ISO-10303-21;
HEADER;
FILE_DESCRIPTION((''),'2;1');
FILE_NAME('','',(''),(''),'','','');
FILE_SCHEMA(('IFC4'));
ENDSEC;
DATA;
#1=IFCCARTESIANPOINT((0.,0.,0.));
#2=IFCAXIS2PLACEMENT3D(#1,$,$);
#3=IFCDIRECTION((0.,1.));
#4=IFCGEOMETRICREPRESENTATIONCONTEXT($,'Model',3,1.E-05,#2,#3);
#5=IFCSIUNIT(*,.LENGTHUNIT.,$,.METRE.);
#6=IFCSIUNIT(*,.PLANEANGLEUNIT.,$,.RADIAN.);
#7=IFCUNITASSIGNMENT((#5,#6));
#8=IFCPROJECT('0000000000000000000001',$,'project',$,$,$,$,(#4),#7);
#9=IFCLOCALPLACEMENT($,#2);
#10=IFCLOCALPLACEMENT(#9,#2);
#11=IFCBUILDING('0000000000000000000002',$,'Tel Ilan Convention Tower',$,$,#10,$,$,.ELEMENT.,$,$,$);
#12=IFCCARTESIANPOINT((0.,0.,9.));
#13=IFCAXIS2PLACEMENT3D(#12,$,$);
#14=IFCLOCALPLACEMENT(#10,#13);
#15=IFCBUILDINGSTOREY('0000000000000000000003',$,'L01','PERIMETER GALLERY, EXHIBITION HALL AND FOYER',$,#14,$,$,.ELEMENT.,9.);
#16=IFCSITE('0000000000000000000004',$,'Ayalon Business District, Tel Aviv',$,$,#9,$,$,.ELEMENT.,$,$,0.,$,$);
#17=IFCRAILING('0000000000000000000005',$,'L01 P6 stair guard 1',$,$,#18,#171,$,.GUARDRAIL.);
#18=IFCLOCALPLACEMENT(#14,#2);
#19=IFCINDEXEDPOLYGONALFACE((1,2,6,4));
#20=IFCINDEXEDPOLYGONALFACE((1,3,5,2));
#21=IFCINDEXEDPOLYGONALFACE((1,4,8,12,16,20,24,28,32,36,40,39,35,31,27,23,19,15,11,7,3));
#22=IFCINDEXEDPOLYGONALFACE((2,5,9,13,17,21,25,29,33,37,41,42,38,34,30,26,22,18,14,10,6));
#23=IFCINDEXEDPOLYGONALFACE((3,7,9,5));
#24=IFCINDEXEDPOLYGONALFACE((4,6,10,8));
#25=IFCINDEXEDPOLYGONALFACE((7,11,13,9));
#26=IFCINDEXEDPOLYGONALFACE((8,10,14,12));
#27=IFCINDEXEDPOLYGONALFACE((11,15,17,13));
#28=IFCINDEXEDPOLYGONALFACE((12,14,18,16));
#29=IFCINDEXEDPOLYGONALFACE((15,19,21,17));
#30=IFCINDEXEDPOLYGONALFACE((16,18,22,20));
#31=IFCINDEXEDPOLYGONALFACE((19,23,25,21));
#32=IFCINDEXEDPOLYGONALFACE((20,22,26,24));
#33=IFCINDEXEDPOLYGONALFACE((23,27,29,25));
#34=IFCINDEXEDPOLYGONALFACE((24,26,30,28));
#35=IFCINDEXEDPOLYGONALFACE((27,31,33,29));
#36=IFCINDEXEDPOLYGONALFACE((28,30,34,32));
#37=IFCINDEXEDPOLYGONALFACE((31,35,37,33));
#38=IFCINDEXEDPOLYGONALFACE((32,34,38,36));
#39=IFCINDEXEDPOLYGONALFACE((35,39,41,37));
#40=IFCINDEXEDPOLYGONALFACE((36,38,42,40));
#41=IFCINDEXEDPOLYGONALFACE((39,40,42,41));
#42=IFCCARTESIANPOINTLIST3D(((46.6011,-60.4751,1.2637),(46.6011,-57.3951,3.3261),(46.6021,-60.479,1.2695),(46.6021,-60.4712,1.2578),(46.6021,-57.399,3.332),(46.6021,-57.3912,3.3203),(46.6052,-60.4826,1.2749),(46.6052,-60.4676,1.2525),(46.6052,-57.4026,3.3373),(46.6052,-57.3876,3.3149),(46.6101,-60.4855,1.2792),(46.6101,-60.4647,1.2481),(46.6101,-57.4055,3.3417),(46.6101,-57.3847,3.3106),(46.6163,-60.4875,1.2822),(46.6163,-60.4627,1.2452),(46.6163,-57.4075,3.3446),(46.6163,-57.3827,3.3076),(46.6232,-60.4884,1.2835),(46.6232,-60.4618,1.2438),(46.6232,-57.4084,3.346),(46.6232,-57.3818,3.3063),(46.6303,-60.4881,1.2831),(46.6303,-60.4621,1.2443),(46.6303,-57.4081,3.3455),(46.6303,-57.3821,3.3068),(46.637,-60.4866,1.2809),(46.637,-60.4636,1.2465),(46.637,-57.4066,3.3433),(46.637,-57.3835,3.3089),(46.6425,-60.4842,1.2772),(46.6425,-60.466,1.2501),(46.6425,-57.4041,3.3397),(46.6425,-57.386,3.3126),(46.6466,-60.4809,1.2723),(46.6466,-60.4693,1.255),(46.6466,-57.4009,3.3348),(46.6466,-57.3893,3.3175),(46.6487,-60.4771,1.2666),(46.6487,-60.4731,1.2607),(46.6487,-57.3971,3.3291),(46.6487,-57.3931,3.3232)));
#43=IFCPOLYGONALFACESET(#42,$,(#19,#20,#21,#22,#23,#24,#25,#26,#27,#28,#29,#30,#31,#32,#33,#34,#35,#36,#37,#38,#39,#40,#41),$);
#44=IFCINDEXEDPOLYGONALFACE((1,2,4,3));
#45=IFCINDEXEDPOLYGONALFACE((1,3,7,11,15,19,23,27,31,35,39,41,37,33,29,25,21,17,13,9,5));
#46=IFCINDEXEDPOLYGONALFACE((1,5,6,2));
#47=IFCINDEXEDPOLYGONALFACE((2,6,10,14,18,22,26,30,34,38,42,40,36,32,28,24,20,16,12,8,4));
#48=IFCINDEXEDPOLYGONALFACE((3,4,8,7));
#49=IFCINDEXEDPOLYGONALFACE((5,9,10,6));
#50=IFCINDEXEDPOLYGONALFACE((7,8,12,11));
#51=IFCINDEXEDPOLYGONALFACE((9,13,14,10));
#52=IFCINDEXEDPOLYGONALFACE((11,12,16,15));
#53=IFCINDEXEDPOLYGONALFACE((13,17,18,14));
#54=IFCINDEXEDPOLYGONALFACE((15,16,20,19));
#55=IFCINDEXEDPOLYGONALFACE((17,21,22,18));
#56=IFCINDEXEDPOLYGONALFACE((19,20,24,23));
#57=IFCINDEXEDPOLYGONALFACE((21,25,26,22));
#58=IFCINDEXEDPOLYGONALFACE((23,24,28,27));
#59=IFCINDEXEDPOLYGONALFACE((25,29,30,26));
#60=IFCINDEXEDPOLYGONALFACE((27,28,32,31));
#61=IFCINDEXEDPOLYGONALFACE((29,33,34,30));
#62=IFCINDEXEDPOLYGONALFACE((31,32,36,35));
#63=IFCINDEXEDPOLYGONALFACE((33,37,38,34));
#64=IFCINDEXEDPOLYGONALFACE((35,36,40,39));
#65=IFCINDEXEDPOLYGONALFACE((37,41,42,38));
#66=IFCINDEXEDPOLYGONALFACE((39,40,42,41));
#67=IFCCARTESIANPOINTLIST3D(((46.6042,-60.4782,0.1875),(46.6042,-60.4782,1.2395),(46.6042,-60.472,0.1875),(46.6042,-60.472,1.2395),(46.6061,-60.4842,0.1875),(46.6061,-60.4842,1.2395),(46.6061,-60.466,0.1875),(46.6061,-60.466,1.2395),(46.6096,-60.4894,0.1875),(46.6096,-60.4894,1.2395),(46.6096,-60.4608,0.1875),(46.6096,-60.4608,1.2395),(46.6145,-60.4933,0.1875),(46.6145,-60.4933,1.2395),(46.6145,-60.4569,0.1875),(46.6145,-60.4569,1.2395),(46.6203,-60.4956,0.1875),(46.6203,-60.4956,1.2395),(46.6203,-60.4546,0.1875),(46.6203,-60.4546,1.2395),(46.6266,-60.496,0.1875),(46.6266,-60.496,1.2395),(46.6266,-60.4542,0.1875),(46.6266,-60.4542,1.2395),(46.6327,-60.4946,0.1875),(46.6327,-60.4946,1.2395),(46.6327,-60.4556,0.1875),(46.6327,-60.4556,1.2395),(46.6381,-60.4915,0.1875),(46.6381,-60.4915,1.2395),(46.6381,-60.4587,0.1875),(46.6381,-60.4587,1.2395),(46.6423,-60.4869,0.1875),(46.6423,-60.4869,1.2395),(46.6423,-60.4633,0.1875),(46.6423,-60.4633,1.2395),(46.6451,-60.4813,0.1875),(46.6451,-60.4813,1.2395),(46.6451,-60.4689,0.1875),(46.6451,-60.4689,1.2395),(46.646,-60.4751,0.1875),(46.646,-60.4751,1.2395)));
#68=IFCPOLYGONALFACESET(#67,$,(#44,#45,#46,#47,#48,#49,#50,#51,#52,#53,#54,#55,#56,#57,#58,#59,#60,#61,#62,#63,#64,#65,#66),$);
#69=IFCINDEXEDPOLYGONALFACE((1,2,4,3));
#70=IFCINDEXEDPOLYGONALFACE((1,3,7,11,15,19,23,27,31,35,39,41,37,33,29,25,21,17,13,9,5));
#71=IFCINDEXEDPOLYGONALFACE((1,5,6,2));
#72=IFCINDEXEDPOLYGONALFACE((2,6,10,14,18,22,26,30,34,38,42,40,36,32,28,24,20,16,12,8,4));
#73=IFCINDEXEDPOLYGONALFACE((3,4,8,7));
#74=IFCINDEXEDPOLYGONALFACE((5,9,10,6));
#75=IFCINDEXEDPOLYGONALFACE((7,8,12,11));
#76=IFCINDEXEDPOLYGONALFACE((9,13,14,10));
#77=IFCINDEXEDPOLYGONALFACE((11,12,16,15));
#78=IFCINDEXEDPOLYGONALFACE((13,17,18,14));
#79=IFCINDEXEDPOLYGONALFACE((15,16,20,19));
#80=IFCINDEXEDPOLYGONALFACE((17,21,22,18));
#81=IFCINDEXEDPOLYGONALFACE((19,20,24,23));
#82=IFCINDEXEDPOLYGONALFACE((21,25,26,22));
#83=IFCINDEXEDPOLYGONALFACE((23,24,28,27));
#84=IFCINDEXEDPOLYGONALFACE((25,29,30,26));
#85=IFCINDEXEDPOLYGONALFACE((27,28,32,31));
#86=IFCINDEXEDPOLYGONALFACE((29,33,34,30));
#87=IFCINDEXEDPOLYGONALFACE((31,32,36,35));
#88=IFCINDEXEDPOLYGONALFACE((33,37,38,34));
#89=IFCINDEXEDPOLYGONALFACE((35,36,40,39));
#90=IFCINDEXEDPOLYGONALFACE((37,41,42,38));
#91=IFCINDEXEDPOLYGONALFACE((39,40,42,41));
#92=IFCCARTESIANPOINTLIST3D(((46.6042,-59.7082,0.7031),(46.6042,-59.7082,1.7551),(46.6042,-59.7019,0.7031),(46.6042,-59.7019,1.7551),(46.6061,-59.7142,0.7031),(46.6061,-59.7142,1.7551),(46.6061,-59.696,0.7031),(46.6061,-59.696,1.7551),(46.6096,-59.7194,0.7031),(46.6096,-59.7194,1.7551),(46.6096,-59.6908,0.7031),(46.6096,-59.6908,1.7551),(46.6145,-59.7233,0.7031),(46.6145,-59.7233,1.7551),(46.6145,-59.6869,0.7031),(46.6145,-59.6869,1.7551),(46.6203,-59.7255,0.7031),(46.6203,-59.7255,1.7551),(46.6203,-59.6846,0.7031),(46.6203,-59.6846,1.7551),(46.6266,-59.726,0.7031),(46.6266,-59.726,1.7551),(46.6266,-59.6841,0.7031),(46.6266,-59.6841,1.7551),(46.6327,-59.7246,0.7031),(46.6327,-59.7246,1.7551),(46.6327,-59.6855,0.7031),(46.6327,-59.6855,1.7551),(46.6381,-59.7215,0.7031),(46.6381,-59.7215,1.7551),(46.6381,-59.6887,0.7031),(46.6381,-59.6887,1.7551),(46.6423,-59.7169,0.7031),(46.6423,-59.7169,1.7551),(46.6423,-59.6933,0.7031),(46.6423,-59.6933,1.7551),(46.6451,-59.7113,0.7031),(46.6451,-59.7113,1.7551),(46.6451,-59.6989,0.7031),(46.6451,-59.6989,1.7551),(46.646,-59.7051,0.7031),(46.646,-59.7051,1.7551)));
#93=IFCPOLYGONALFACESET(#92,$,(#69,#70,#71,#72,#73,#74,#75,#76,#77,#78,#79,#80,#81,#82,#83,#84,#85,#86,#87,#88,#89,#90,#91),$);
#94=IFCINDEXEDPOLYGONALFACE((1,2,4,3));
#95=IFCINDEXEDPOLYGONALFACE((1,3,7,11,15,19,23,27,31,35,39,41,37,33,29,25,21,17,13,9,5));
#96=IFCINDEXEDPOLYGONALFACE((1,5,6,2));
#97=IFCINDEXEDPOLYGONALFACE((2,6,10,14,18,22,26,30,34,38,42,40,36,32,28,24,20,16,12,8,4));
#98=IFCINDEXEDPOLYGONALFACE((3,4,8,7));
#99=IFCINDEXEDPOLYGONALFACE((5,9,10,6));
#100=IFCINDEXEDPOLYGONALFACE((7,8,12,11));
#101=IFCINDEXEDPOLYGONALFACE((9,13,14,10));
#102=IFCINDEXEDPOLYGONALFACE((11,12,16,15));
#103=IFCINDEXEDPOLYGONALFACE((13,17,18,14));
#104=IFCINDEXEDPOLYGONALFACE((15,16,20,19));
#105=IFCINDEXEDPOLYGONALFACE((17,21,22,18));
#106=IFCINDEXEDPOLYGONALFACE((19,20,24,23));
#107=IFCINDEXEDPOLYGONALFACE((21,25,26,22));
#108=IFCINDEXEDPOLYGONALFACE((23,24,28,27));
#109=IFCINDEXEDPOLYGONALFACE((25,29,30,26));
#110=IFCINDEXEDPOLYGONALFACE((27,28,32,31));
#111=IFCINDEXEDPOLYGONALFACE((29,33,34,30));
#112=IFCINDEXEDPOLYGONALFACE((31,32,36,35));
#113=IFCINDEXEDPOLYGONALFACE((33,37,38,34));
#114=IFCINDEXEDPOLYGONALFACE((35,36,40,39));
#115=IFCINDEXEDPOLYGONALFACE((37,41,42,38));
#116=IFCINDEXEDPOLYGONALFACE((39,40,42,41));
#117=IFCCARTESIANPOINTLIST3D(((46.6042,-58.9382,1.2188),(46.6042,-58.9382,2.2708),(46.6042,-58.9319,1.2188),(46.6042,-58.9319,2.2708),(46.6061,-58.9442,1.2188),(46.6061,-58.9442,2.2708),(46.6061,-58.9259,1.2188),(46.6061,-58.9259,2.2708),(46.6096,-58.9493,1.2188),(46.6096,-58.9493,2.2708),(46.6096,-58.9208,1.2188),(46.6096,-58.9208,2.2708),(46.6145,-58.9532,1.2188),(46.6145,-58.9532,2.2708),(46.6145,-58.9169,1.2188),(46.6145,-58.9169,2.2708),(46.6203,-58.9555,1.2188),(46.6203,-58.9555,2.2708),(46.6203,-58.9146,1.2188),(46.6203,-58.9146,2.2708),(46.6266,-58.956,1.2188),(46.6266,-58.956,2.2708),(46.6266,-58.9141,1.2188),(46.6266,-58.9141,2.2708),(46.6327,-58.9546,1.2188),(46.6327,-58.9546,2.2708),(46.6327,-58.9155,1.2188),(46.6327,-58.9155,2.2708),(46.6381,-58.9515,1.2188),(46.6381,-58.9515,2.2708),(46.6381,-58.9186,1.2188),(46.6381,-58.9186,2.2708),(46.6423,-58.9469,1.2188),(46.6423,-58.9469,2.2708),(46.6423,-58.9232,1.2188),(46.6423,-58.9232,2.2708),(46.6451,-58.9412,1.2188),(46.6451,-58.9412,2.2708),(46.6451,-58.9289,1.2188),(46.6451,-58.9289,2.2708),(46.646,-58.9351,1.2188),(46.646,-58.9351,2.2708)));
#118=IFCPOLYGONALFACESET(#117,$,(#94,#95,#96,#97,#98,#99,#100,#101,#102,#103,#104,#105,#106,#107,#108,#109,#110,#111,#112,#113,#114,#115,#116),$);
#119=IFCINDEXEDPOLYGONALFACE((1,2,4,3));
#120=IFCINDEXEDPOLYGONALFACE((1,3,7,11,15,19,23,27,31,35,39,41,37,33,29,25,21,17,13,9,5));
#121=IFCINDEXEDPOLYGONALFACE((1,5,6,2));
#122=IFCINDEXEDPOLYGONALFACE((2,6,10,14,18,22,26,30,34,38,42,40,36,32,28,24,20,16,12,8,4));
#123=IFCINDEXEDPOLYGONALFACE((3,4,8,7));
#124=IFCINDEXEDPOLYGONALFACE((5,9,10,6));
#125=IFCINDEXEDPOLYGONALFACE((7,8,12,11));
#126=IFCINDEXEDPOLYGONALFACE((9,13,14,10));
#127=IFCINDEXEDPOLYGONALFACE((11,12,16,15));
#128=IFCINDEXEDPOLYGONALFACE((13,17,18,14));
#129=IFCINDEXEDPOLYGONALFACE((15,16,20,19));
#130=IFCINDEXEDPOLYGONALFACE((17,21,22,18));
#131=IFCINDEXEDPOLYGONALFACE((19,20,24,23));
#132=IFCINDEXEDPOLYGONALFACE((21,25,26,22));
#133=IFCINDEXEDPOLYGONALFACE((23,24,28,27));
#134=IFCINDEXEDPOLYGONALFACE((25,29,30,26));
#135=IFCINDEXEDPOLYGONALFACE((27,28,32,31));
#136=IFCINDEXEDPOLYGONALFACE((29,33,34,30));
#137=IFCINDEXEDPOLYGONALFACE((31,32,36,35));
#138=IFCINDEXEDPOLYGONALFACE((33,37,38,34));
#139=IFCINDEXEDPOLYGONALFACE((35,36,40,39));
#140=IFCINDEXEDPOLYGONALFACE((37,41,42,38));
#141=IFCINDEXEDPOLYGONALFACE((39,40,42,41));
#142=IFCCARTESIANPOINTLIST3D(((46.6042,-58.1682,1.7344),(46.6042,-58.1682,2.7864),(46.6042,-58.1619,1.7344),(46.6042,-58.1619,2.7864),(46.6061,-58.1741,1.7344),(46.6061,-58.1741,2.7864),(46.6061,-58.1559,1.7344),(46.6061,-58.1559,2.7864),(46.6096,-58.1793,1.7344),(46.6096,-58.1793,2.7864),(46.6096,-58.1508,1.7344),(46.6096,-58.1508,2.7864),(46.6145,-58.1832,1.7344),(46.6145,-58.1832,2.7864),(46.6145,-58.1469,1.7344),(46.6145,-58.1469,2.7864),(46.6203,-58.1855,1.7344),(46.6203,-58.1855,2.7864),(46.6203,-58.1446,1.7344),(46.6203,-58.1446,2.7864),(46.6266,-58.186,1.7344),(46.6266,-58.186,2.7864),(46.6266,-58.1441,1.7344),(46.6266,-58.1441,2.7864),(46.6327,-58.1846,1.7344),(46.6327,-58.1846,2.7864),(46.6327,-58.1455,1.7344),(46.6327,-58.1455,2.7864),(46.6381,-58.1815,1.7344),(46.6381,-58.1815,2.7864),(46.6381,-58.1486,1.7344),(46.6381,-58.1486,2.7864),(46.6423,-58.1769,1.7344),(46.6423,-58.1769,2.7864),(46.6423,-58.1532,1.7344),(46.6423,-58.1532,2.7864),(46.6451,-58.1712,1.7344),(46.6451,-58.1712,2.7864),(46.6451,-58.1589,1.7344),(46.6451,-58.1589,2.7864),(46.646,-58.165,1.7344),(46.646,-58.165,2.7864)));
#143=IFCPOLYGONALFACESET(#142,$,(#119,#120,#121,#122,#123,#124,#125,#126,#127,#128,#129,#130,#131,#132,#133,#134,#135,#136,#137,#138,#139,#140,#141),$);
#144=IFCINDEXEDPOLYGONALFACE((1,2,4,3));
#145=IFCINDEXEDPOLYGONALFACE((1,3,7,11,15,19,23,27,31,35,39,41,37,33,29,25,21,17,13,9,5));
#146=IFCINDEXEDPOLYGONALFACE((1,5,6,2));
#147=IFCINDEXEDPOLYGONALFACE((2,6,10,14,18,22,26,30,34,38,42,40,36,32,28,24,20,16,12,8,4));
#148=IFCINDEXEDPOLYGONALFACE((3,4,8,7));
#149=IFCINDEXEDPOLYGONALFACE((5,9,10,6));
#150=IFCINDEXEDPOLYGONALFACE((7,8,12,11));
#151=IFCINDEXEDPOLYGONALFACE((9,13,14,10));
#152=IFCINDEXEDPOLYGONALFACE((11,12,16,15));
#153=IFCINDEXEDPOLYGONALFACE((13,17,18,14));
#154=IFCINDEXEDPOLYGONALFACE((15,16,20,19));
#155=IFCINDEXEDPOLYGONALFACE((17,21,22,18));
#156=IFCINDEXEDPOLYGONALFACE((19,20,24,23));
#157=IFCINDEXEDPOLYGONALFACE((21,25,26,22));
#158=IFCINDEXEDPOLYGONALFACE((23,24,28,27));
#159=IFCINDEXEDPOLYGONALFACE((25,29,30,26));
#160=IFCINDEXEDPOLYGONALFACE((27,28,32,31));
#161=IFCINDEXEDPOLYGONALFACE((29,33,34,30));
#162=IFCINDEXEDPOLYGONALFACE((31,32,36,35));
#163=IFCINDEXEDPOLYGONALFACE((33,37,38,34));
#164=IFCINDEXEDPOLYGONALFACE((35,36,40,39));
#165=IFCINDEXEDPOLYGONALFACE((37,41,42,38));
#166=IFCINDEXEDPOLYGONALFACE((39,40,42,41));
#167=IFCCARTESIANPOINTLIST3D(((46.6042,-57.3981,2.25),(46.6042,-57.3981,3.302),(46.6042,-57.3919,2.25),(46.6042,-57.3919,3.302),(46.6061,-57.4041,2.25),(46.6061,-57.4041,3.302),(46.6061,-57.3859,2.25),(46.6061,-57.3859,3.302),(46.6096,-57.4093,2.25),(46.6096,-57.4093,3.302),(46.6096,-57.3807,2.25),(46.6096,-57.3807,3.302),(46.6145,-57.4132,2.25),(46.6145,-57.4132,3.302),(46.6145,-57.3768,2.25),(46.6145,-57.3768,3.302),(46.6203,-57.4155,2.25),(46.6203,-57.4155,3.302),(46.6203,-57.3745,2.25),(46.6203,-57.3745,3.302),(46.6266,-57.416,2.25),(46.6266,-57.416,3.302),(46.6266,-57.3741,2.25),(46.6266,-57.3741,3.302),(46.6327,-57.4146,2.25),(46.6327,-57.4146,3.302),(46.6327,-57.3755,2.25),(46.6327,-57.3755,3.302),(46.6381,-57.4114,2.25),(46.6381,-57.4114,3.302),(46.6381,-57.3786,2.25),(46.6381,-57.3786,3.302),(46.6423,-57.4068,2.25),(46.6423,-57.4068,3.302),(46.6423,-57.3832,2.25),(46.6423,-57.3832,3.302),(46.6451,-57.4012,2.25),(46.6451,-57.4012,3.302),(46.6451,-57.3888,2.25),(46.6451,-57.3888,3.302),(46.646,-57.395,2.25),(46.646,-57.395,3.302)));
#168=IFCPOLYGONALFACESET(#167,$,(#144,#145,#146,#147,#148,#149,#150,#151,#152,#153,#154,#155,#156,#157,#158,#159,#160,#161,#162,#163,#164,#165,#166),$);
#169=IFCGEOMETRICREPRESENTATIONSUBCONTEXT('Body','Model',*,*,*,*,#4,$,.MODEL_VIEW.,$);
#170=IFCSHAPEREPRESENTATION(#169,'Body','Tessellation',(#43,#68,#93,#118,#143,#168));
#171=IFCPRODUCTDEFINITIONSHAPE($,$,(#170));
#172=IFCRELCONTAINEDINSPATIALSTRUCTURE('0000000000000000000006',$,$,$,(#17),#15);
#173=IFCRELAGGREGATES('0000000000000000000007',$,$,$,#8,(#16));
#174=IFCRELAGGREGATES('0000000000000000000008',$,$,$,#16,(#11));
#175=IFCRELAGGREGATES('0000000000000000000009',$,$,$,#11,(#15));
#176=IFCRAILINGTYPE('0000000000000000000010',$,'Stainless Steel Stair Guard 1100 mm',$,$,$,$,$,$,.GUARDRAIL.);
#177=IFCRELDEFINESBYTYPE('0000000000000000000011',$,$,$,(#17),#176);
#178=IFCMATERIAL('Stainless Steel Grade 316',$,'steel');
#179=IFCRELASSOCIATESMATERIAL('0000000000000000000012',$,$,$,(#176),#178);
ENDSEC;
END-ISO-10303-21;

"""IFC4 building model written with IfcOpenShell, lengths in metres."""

from ifc_helpers import new_model, si_unit, direction, frame, origin, origin_2d, place, context, subcontext, project, spatial, circle, extrude, material, type_object, element, save


model = new_model("IFC4")

# Units and contexts
model_context = context("Model", 3, precision=1e-05, world=origin(), true_north=direction((0.0, 1.0)))
body_context = subcontext(model_context, "Body", "Model", "MODEL_VIEW")
ifc_project = project(units=[si_unit("LENGTHUNIT", "METRE"), si_unit("PLANEANGLEUNIT", "RADIAN")], contexts=[model_context])

# Site, building, storey
site_placement = place(None, origin())
site = spatial("IfcSite", under=ifc_project, at=site_placement, Name="Ayalon Business District, Tel Aviv", CompositionType="ELEMENT", RefElevation=0.0)
building_placement = place(site_placement, origin())
building = spatial("IfcBuilding", under=site, at=building_placement, Name="Tel Ilan Convention Tower", CompositionType="ELEMENT")
storey_placement = place(building_placement, frame((0.0, 0.0, 9.0)))
storey = spatial("IfcBuildingStorey", under=building, at=storey_placement, Name="L01", Description="PERIMETER GALLERY, EXHIBITION HALL AND FOYER", CompositionType="ELEMENT", Elevation=9.0)

# Railing
ifc_material_1 = material(Name="Stainless Steel Grade 316", Category="steel")
railing_type_1 = type_object("IfcRailingType", Name="Stainless Steel Stair Guard 1100 mm", PredefinedType="GUARDRAIL", material=ifc_material_1)
railing_1_placement = place(storey_placement, frame((46.625, -60.4751, 0.1875)))
element("IfcRailing", 1, at=railing_1_placement, inside=storey, type_object=railing_type_1, Name="L01 P6 stair guard 1", PredefinedType="GUARDRAIL", context=body_context, shape_type="SweptSolid", body=[
    extrude(circle(Radius=0.0239, at=origin_2d()), frame((0.0, 0.0, 1.0762), z_axis=(0.0, 0.830914, 0.556401), x_axis=(-1.0, 0.0, 0.0)), (0.0, 0.0, 1.0), 3.7068),
    extrude(circle(Radius=0.021, at=origin_2d()), origin(), (0.0, 0.0, 1.0), 1.052),
    extrude(circle(Radius=0.021, at=origin_2d()), frame((0.0, 0.77, 0.5156)), (0.0, 0.0, 1.0), 1.052),
    extrude(circle(Radius=0.021, at=origin_2d()), frame((0.0, 1.54, 1.0312)), (0.0, 0.0, 1.0), 1.052),
    extrude(circle(Radius=0.021, at=origin_2d()), frame((0.0, 2.3101, 1.5469)), (0.0, 0.0, 1.0), 1.052),
    extrude(circle(Radius=0.021, at=origin_2d()), frame((0.0, 3.0801, 2.0625)), (0.0, 0.0, 1.0), 1.052),
])

save(model, "model.ifc")
